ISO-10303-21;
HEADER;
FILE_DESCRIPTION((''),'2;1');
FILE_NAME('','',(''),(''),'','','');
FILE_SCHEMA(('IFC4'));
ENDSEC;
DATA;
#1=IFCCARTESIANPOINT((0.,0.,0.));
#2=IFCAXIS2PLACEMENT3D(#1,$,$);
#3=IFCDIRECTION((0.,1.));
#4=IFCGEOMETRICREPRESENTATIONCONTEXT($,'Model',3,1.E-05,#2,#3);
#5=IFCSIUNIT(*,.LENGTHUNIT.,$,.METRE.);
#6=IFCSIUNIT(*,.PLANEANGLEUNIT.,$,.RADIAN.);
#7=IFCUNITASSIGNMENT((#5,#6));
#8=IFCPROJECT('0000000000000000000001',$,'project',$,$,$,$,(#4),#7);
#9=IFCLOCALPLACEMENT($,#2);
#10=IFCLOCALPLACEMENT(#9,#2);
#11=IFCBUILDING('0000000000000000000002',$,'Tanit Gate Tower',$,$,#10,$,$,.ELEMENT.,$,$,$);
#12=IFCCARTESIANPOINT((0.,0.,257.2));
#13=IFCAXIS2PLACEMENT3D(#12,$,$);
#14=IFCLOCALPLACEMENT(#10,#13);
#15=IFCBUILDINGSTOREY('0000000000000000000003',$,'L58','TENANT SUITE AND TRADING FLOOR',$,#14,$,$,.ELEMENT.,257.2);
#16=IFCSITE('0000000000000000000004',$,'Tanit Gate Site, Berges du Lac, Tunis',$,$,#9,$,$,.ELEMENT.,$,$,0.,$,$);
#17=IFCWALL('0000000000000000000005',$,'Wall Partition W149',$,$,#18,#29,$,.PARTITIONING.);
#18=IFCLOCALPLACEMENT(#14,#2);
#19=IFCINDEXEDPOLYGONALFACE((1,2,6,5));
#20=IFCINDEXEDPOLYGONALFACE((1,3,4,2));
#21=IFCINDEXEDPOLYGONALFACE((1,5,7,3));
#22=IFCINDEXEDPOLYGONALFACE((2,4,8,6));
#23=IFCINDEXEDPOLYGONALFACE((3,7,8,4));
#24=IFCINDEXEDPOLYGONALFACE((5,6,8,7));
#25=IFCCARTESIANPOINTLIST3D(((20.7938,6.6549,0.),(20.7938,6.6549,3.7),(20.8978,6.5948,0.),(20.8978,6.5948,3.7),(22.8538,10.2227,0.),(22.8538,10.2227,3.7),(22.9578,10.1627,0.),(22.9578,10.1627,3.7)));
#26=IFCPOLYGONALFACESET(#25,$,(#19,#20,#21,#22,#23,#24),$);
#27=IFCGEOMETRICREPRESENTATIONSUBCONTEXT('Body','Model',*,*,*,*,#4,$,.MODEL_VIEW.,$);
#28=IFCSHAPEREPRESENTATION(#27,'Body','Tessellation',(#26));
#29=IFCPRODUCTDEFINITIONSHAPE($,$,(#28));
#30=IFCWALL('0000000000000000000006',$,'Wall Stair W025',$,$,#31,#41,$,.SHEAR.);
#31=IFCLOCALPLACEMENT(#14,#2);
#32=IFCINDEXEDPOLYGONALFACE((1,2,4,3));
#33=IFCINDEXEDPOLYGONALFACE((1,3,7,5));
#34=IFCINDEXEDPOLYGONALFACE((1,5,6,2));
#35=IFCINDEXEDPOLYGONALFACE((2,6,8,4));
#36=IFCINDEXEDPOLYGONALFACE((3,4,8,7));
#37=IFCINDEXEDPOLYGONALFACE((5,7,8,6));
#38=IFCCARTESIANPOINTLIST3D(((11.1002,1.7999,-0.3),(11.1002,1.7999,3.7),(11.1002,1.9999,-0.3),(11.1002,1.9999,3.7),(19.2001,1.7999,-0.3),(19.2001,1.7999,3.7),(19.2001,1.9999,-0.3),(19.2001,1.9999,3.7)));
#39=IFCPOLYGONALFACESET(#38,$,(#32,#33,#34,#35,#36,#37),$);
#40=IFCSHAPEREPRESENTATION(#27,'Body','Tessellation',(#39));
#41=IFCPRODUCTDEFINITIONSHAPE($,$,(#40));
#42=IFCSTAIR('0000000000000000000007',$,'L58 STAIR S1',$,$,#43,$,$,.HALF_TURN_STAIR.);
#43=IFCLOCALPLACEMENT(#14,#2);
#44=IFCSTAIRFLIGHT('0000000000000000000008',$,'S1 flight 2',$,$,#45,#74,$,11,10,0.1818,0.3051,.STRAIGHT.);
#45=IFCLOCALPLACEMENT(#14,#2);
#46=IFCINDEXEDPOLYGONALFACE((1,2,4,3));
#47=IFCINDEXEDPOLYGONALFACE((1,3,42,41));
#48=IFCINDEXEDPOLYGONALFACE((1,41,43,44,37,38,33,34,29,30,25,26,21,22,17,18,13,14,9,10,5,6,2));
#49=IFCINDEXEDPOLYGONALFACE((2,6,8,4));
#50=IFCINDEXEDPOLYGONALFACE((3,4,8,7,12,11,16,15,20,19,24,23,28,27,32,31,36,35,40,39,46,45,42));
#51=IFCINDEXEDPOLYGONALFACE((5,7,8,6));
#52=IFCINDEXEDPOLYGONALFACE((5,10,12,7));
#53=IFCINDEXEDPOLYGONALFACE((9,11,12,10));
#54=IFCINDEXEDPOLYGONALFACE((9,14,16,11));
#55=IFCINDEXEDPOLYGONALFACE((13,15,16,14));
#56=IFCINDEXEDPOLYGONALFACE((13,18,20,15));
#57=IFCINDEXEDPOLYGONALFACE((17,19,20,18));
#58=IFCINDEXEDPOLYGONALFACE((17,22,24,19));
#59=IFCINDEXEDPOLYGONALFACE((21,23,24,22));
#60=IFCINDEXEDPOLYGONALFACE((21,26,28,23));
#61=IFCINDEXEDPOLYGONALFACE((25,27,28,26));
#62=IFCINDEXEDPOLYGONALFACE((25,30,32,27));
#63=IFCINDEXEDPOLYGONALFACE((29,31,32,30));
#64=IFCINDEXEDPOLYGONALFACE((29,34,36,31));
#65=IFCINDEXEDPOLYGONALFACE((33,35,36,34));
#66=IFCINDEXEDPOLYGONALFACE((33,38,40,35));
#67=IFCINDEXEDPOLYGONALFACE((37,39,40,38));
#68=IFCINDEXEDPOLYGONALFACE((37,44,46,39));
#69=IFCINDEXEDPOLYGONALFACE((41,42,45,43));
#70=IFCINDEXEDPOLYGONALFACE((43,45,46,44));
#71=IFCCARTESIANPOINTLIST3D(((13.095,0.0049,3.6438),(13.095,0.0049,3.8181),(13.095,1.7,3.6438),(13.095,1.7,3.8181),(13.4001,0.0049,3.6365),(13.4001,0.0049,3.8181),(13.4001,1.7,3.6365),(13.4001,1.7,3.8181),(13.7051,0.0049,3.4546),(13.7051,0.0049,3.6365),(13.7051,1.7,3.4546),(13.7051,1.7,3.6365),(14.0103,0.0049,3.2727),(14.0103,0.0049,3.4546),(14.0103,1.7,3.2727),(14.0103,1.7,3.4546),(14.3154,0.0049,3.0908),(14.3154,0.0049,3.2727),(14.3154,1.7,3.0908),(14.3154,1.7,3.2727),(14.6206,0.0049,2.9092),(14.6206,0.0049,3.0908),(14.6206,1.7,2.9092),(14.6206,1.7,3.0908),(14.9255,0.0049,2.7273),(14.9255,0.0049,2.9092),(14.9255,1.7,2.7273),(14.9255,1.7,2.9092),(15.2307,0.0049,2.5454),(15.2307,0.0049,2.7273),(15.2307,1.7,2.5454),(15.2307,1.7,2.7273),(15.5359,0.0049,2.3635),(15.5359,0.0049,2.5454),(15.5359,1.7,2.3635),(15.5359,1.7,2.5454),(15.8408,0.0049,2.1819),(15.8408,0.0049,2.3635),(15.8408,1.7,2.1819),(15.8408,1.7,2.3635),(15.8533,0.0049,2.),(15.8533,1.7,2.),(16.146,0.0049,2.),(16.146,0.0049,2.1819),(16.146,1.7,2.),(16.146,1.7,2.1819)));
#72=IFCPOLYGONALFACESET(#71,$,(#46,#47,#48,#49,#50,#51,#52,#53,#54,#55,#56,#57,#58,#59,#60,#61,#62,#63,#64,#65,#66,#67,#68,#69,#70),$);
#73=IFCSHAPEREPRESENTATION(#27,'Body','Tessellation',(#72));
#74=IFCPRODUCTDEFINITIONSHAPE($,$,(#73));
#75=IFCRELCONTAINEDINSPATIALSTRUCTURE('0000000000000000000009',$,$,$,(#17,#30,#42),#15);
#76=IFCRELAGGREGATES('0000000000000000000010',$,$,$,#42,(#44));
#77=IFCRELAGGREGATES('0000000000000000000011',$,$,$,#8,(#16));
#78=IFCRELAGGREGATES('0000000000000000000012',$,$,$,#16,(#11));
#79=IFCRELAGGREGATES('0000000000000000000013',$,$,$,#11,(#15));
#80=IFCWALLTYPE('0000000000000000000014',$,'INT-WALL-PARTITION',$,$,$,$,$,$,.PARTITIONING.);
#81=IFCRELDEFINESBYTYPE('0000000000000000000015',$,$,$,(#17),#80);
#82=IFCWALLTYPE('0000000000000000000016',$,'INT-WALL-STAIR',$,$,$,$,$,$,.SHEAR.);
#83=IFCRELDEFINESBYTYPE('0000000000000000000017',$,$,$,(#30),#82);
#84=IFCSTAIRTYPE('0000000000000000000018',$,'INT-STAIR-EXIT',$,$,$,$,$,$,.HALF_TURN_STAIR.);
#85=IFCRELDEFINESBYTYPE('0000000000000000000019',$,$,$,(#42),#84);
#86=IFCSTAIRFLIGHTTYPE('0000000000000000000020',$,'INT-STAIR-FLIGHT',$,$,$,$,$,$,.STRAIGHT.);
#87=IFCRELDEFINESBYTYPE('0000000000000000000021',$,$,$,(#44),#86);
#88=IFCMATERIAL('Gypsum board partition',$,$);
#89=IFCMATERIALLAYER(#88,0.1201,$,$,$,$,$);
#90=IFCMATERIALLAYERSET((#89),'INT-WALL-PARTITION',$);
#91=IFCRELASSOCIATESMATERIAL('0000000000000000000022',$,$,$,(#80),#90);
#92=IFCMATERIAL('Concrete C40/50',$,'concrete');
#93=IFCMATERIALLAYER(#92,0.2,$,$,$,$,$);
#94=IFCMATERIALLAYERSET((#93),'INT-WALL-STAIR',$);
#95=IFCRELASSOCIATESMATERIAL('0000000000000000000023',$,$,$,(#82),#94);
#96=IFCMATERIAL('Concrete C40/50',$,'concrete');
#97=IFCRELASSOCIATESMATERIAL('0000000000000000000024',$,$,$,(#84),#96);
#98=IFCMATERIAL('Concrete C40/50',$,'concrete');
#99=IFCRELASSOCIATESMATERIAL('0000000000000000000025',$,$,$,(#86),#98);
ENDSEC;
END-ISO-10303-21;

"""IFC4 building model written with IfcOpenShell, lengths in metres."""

from ifc_helpers import new_model, si_unit, direction, frame, frame_2d, origin, place, context, subcontext, project, spatial, polyline, rectangle, outline, extrude, material, layer, layer_set, type_object, element, aggregate, save


model = new_model("IFC4")

# Units and contexts
model_context = context("Model", 3, precision=1e-05, world=origin(), true_north=direction((0.0, 1.0)))
body_context = subcontext(model_context, "Body", "Model", "MODEL_VIEW")
ifc_project = project(units=[si_unit("LENGTHUNIT", "METRE"), si_unit("PLANEANGLEUNIT", "RADIAN")], contexts=[model_context])

# Site, building, storey
site_placement = place(None, origin())
site = spatial("IfcSite", under=ifc_project, at=site_placement, Name="Tanit Gate Site, Berges du Lac, Tunis", CompositionType="ELEMENT", RefElevation=0.0)
building_placement = place(site_placement, origin())
building = spatial("IfcBuilding", under=site, at=building_placement, Name="Tanit Gate Tower", CompositionType="ELEMENT")
storey_placement = place(building_placement, frame((0.0, 0.0, 257.2)))
storey = spatial("IfcBuildingStorey", under=building, at=storey_placement, Name="L58", Description="TENANT SUITE AND TRADING FLOOR", CompositionType="ELEMENT", Elevation=257.2)

# Shared definitions
ifc_material_1 = material(Name="Gypsum board partition")
ifc_layer_1 = layer(ifc_material_1, 0.1201)
ifc_layer_set_1 = layer_set([ifc_layer_1], Name="INT-WALL-PARTITION")
wall_type_1 = type_object("IfcWallType", Name="INT-WALL-PARTITION", PredefinedType="PARTITIONING", material=ifc_layer_set_1)

# Walls
wall_1_placement = place(storey_placement, frame((20.8457, 6.6248, 0.0), z_axis=(0.0, 0.0, 1.0), x_axis=(0.500027, 0.86601, 0.0)))
element("IfcWall", 1, at=wall_1_placement, inside=storey, type_object=wall_type_1, Name="Wall Partition W149", PredefinedType="PARTITIONING", context=body_context, shape_type="SweptSolid", body=[
    extrude(rectangle(XDim=4.1199, YDim=0.1201, at=frame_2d((2.0601, 0.0))), origin(), (0.0, 0.0, 1.0), 3.7),
])
ifc_material_2 = material(Name="Concrete C40/50", Category="concrete")
ifc_layer_2 = layer(ifc_material_2, 0.2)
ifc_layer_set_2 = layer_set([ifc_layer_2], Name="INT-WALL-STAIR")
wall_type_2 = type_object("IfcWallType", Name="INT-WALL-STAIR", PredefinedType="SHEAR", material=ifc_layer_set_2)
wall_2_placement = place(storey_placement, frame((19.2, 1.8999, -0.3), z_axis=(0.0, 0.0, 1.0), x_axis=(-1.0, 0.0, 0.0)))
element("IfcWall", 2, at=wall_2_placement, inside=storey, type_object=wall_type_2, Name="Wall Stair W025", PredefinedType="SHEAR", context=body_context, shape_type="SweptSolid", body=[
    extrude(rectangle(XDim=8.0999, YDim=0.2, at=frame_2d((4.0498, 0.0))), origin(), (0.0, 0.0, 1.0), 4.0),
])

# Stair, stair flight
ifc_material_3 = material(Name="Concrete C40/50", Category="concrete")
stair_type = type_object("IfcStairType", Name="INT-STAIR-EXIT", PredefinedType="HALF_TURN_STAIR", material=ifc_material_3)
stair_placement = place(storey_placement, origin())
stair = element("IfcStair", 3, at=stair_placement, inside=storey, type_object=stair_type, Name="L58 STAIR S1", PredefinedType="HALF_TURN_STAIR")
ifc_material_4 = material(Name="Concrete C40/50", Category="concrete")
stair_flight_type = type_object("IfcStairFlightType", Name="INT-STAIR-FLIGHT", PredefinedType="STRAIGHT", material=ifc_material_4)
stair_flight_placement = place(storey_placement, frame((16.146, 0.8525, 2.0), z_axis=(0.0, 0.0, 1.0), x_axis=(-1.0, 0.0, 0.0)))
stair_flight = element("IfcStairFlight", 4, at=stair_flight_placement, type_object=stair_flight_type, Name="S1 flight 2", NumberOfRisers=11, NumberOfTreads=10, PredefinedType="STRAIGHT", RiserHeight=0.1818, TreadLength=0.3051, context=body_context, shape_type="SweptSolid", body=[
    extrude(outline(polyline([(0.0, 0.0), (0.0, 0.1819), (0.3052, 0.1819), (0.3052, 0.3635), (0.6101, 0.3635), (0.6101, 0.5454), (0.9153, 0.5454), (0.9153, 0.7273), (1.2205, 0.7273), (1.2205, 0.9092), (1.5254, 0.9092), (1.5254, 1.0908), (1.8306, 1.0908), (1.8306, 1.2727), (2.1357, 1.2727), (2.1357, 1.4546), (2.4409, 1.4546), (2.4409, 1.6365), (2.7458, 1.6365), (2.7458, 1.8181), (3.051, 1.8181), (3.051, 2.0), (3.051, 1.6438), (0.2927, 0.0), (0.0, 0.0)])), frame((0.0, 0.8477, 0.0), z_axis=(0.0, -1.0, 0.0), x_axis=(1.0, 0.0, 0.0)), (0.0, 0.0, 1.0), 1.6951),
])
aggregate(stair, [stair_flight])

save(model, "model.ifc")
